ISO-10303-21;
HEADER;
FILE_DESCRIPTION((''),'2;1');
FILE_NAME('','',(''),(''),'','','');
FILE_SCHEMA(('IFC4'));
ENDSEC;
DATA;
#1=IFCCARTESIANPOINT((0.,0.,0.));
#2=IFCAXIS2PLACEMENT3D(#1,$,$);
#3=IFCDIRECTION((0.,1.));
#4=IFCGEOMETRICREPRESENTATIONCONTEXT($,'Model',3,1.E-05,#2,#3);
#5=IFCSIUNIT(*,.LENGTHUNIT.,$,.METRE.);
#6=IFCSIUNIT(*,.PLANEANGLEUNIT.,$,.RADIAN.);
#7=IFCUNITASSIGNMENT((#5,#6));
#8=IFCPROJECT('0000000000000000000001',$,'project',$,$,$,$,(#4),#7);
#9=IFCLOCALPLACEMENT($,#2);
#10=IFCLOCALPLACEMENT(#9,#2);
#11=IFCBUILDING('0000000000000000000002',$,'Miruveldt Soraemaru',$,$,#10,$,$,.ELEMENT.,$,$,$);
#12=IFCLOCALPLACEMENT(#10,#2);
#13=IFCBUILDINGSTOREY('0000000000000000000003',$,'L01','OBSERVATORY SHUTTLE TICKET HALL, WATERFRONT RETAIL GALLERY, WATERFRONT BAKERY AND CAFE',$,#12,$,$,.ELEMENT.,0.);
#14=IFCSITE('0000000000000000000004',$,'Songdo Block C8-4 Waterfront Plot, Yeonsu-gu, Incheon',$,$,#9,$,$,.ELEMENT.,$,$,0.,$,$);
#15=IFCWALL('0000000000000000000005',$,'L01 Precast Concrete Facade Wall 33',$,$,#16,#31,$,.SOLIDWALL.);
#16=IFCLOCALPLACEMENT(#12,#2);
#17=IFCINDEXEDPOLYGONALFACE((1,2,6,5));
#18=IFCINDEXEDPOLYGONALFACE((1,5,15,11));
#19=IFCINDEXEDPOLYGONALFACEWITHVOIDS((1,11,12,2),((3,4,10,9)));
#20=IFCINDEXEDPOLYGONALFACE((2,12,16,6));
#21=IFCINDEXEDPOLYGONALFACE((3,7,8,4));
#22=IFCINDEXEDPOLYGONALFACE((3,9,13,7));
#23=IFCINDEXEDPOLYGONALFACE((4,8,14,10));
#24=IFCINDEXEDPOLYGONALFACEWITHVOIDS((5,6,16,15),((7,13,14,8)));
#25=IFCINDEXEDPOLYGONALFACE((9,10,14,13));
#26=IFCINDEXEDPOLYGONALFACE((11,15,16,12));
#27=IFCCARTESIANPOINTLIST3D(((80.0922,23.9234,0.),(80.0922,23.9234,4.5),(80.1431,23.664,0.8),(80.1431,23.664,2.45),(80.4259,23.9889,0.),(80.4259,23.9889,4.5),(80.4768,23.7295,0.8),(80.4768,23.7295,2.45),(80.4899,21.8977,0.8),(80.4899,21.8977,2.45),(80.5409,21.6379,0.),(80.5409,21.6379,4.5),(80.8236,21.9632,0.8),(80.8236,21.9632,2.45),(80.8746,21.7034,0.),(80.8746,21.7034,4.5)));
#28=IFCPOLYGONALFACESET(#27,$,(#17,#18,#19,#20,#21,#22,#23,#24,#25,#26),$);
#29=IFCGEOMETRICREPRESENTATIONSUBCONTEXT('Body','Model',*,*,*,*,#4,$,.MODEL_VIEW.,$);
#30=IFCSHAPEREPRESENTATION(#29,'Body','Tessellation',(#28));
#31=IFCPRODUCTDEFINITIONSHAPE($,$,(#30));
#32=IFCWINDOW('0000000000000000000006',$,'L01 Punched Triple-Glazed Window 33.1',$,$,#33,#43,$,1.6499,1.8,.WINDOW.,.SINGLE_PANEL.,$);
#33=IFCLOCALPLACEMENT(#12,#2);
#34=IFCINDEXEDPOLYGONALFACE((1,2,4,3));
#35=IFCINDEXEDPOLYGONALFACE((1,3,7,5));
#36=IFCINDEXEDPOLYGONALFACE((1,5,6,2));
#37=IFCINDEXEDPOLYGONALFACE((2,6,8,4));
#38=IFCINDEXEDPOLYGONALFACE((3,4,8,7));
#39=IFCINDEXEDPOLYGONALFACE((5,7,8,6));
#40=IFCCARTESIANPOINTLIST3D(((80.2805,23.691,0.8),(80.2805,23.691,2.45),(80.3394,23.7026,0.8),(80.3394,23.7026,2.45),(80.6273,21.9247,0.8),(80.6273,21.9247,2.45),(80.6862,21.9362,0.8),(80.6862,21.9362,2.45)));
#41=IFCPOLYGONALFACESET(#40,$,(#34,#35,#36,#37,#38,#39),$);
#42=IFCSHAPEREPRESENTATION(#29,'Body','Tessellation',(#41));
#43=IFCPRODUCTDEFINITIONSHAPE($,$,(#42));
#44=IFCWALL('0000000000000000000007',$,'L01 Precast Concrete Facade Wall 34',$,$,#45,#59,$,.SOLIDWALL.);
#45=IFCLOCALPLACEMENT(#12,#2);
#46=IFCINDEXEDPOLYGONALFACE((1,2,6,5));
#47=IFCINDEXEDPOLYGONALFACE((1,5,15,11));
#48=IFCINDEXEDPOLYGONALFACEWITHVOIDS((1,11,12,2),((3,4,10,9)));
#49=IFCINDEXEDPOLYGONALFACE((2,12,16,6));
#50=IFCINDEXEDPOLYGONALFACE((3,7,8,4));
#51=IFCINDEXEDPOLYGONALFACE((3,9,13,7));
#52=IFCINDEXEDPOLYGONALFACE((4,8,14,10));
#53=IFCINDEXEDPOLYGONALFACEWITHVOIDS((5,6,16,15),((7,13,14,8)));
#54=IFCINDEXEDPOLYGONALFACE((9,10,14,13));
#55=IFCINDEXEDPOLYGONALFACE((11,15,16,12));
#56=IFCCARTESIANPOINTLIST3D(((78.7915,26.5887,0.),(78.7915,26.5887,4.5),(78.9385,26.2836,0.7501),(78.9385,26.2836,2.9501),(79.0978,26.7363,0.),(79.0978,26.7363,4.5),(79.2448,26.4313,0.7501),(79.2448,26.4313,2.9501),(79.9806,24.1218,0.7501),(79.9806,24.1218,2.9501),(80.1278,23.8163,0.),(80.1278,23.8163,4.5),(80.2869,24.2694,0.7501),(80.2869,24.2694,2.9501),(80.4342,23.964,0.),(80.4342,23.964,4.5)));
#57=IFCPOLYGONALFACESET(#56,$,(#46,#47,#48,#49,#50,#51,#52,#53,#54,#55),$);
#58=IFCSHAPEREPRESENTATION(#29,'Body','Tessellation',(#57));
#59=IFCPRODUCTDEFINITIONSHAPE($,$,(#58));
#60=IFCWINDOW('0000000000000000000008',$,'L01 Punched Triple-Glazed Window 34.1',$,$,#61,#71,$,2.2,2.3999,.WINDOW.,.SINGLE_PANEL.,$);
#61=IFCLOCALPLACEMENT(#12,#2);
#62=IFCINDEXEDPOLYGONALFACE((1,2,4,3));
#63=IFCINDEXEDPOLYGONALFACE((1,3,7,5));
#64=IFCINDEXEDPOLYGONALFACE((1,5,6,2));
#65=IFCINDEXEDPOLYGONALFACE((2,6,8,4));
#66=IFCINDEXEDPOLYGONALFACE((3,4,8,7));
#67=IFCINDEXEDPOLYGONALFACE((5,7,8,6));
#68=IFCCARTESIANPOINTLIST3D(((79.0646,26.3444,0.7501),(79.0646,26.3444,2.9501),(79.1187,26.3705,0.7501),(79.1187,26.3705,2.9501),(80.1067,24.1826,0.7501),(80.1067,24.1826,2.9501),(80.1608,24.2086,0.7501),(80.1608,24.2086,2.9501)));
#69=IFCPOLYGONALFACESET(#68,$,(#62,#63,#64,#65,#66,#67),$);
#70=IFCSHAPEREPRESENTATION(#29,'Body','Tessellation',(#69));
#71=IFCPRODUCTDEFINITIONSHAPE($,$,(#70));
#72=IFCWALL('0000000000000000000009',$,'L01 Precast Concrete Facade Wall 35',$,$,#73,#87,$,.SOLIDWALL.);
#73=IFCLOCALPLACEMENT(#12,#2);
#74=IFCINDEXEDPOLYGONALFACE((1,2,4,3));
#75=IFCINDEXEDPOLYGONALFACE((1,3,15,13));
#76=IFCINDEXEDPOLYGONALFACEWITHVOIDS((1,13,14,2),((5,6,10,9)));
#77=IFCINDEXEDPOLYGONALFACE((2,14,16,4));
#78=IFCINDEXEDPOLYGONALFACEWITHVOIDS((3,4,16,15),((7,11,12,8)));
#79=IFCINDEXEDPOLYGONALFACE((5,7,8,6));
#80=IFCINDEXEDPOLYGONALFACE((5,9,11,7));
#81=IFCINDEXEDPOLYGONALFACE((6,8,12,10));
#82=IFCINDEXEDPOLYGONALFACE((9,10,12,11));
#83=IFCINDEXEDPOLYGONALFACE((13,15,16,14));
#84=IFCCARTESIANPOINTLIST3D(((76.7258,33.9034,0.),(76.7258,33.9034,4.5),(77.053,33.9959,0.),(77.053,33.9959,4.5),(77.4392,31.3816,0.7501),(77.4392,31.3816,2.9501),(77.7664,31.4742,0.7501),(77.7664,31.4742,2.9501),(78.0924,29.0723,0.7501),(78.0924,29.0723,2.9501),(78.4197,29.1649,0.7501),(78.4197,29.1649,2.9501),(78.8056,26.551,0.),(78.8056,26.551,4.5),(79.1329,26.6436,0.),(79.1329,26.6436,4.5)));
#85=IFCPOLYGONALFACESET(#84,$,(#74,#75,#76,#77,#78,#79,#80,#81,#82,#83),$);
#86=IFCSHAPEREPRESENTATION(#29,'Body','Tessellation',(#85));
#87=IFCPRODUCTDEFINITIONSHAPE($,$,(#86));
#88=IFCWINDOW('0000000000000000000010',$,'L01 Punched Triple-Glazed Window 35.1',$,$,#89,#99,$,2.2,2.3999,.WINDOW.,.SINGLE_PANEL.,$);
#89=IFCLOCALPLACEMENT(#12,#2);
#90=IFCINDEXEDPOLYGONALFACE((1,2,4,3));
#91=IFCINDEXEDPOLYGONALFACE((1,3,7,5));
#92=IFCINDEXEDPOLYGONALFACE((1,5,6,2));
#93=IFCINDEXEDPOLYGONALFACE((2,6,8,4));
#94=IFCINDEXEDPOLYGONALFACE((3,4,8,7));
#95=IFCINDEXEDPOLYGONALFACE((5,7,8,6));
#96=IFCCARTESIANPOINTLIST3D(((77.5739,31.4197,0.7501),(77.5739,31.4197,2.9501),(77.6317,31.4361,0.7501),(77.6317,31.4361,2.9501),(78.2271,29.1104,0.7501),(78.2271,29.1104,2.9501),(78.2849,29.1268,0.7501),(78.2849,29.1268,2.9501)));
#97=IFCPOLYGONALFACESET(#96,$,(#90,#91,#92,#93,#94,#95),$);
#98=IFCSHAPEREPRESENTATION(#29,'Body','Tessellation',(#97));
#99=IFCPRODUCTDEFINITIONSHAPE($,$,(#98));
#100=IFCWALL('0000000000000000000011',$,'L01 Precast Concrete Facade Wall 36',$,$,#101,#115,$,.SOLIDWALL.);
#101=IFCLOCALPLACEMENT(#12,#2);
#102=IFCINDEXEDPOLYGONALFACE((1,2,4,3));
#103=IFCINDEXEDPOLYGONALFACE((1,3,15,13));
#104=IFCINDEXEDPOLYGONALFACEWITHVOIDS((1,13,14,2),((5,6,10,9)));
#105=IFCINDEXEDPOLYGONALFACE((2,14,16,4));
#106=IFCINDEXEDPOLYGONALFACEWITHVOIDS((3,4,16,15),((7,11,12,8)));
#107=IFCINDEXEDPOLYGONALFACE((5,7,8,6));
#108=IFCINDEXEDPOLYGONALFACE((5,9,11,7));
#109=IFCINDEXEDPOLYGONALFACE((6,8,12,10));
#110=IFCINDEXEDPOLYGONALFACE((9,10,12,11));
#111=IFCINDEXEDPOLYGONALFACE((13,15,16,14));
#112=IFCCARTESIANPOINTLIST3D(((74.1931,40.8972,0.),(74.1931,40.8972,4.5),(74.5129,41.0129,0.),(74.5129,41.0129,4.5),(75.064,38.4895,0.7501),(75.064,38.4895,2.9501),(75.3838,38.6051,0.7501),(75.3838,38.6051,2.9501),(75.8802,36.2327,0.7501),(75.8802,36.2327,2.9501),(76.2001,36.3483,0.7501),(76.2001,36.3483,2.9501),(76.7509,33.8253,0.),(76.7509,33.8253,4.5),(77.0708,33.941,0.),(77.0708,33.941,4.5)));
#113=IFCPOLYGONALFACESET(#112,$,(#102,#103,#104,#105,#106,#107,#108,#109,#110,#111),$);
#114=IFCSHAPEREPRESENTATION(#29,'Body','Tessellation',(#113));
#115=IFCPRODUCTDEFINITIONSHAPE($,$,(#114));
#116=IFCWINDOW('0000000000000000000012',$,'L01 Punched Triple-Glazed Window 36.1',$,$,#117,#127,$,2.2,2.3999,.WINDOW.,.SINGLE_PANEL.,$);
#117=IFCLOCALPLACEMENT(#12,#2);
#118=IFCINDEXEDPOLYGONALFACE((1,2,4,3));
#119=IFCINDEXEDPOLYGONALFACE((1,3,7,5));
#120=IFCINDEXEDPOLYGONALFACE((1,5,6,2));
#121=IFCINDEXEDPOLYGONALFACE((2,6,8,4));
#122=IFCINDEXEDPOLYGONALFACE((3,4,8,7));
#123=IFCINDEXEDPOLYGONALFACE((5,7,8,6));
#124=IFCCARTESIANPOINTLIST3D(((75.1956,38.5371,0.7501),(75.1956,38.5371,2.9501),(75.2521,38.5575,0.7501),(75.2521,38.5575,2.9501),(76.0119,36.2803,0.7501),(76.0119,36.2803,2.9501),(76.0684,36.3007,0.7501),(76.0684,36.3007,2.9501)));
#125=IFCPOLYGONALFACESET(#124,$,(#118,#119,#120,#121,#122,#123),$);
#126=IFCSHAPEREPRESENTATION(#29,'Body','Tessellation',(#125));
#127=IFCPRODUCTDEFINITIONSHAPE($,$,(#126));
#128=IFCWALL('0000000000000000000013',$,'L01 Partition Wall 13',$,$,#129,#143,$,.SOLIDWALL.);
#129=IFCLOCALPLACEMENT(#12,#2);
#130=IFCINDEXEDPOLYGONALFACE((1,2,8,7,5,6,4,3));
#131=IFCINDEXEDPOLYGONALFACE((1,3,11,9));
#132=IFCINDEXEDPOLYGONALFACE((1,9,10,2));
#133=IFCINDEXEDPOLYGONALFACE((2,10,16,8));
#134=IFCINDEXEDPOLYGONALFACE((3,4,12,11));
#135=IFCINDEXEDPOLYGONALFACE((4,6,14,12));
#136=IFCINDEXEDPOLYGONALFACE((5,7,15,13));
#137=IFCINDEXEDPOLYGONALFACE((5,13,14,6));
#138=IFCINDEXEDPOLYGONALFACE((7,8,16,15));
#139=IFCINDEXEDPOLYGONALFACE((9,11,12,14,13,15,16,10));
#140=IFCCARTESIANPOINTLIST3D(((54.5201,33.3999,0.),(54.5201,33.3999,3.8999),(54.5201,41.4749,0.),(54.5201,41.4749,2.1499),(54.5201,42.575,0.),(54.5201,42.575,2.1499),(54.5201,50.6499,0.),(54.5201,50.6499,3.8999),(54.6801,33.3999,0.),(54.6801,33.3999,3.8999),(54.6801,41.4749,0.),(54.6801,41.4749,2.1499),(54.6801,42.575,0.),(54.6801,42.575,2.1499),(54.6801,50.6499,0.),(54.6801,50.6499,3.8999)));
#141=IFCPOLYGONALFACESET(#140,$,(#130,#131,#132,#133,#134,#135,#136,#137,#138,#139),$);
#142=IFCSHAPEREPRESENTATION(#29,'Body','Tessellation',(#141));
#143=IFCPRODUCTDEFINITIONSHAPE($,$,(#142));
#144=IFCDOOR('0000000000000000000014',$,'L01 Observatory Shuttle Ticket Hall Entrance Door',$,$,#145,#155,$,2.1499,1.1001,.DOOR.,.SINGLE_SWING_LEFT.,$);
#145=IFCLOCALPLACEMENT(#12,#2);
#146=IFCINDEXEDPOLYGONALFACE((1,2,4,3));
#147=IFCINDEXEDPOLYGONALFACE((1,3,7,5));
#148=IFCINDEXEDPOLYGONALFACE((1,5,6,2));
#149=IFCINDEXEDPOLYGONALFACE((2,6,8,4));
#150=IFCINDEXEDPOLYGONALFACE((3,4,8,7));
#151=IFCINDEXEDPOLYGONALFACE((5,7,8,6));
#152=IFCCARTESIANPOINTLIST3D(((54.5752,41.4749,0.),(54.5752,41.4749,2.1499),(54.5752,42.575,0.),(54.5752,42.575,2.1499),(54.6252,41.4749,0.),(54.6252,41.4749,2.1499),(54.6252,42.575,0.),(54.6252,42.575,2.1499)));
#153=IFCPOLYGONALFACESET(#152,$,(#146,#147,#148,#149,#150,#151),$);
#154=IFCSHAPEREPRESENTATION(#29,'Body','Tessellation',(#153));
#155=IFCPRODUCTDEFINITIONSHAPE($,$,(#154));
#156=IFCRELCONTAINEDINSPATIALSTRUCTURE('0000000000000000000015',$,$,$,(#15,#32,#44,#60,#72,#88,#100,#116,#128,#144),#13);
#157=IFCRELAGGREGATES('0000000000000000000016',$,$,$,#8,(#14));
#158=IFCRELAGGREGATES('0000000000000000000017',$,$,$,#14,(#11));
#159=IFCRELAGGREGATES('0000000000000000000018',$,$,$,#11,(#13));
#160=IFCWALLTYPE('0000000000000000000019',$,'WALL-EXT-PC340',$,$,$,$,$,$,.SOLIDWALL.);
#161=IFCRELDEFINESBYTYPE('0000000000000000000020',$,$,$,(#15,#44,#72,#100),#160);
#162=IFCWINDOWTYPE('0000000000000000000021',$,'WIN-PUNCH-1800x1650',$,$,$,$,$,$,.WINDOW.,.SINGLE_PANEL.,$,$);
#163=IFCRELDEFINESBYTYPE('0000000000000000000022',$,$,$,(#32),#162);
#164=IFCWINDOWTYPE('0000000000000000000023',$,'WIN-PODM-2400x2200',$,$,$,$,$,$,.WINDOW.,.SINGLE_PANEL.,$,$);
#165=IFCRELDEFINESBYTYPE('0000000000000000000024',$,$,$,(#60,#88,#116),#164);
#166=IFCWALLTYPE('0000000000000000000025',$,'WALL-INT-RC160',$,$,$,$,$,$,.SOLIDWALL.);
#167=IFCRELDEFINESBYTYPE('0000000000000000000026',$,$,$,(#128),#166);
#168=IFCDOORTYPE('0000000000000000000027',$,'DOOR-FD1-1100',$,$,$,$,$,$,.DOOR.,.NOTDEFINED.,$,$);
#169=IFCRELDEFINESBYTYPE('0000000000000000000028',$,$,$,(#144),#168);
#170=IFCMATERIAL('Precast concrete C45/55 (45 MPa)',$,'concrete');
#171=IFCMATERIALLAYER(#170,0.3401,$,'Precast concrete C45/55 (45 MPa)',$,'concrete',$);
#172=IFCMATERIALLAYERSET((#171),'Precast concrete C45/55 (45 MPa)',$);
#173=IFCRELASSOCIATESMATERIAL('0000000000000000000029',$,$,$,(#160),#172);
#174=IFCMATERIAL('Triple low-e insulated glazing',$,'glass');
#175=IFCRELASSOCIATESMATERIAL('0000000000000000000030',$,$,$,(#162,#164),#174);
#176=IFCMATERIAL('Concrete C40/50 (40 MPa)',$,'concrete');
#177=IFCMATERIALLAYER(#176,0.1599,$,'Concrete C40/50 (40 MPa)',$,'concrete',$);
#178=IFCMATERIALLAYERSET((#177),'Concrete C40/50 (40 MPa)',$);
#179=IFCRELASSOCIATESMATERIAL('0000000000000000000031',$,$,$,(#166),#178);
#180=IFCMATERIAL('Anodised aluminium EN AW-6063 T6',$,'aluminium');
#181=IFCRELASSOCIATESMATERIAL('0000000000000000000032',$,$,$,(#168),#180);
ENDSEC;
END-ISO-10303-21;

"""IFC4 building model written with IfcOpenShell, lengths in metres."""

from ifc_helpers import new_model, si_unit, direction, frame, frame_2d, origin, place, context, subcontext, project, spatial, rectangle, extrude, material, layer, layer_set, type_object, element, fill, save


model = new_model("IFC4")

# Units and contexts
model_context = context("Model", 3, precision=1e-05, world=origin(), true_north=direction((0.0, 1.0)))
body_context = subcontext(model_context, "Body", "Model", "MODEL_VIEW")
ifc_project = project(units=[si_unit("LENGTHUNIT", "METRE"), si_unit("PLANEANGLEUNIT", "RADIAN")], contexts=[model_context])

# Site, building, storey
site_placement = place(None, origin())
site = spatial("IfcSite", under=ifc_project, at=site_placement, Name="Songdo Block C8-4 Waterfront Plot, Yeonsu-gu, Incheon", CompositionType="ELEMENT", RefElevation=0.0)
building_placement = place(site_placement, origin())
building = spatial("IfcBuilding", under=site, at=building_placement, Name="Miruveldt Soraemaru", CompositionType="ELEMENT")
storey_placement = place(building_placement, origin())
storey = spatial("IfcBuildingStorey", under=building, at=storey_placement, Name="L01", Description="OBSERVATORY SHUTTLE TICKET HALL, WATERFRONT RETAIL GALLERY, WATERFRONT BAKERY AND CAFE", CompositionType="ELEMENT", Elevation=0.0)

# Walls, openings, windows
ifc_material_1 = material(Name="Precast concrete C45/55 (45 MPa)", Category="concrete")
ifc_layer_1 = layer(ifc_material_1, 0.3401, Name="Precast concrete C45/55 (45 MPa)", Category="concrete")
ifc_layer_set_1 = layer_set([ifc_layer_1], Name="Precast concrete C45/55 (45 MPa)")
wall_type_1 = type_object("IfcWallType", Name="WALL-EXT-PC340", PredefinedType="SOLIDWALL", material=ifc_layer_set_1)
ifc_material_2 = material(Name="Triple low-e insulated glazing", Category="glass")
window_type_1 = type_object("IfcWindowType", Name="WIN-PUNCH-1800x1650", PartitioningType="SINGLE_PANEL", PredefinedType="WINDOW", material=ifc_material_2)
wall_1_placement = place(storey_placement, frame((80.7078, 21.6707, 0.0), z_axis=(0.0, 0.0, 1.0), x_axis=(-0.192668, 0.981264, 0.0)))
wall_1 = element("IfcWall", 1, at=wall_1_placement, inside=storey, type_object=wall_type_1, Name="L01 Precast Concrete Facade Wall 33", PredefinedType="SOLIDWALL", context=body_context, shape_type="SweptSolid", body=[
    extrude(rectangle(XDim=2.3291, YDim=0.3401, at=frame_2d((1.1646, 0.0))), origin(), (0.0, 0.0, 1.0), 4.5),
])
opening_1_placement = place(wall_1_placement, frame((0.2649, 0.0, 0.8)))
opening_1 = element("IfcOpeningElement", 2, at=opening_1_placement, cuts=wall_1, PredefinedType="OPENING", context=body_context, shape_type="SweptSolid", body=[
    extrude(rectangle(XDim=1.8, YDim=1.6499, at=frame_2d((0.8999, 0.825))), frame((0.0, 0.1802, 0.0), z_axis=(0.0, -1.0, 0.0), x_axis=(1.0, 0.0, 0.0)), (0.0, 0.0, 1.0), 0.3601),
])
window_1_placement = place(opening_1_placement, origin())
window_1 = element("IfcWindow", 3, at=window_1_placement, inside=storey, type_object=window_type_1, Name="L01 Punched Triple-Glazed Window 33.1", OverallHeight=1.6499, OverallWidth=1.8, PartitioningType="SINGLE_PANEL", PredefinedType="WINDOW", context=body_context, shape_type="SweptSolid", body=[
    extrude(rectangle(XDim=1.8, YDim=1.6499, at=frame_2d((0.8999, 0.825))), frame((0.0, 0.03, 0.0), z_axis=(0.0, -1.0, 0.0), x_axis=(1.0, 0.0, 0.0)), (0.0, 0.0, 1.0), 0.0601),
])
fill(opening_1, window_1)
wall_2_placement = place(storey_placement, frame((80.281, 23.8901, 0.0), z_axis=(0.0, 0.0, 1.0), x_axis=(-0.434221, 0.900806, 0.0)))
wall_2 = element("IfcWall", 4, at=wall_2_placement, inside=storey, type_object=wall_type_1, Name="L01 Precast Concrete Facade Wall 34", PredefinedType="SOLIDWALL", context=body_context, shape_type="SweptSolid", body=[
    extrude(rectangle(XDim=3.0776, YDim=0.3401, at=frame_2d((1.5388, 0.0))), origin(), (0.0, 0.0, 1.0), 4.5),
])
opening_2_placement = place(wall_2_placement, frame((0.3391, 0.0, 0.75)))
opening_2 = element("IfcOpeningElement", 5, at=opening_2_placement, cuts=wall_2, PredefinedType="OPENING", context=body_context, shape_type="SweptSolid", body=[
    extrude(rectangle(XDim=2.3999, YDim=2.2, at=frame_2d((1.2, 1.1001))), frame((0.0, 0.1802, 0.0), z_axis=(0.0, -1.0, 0.0), x_axis=(1.0, 0.0, 0.0)), (0.0, 0.0, 1.0), 0.3601),
])
window_type_2 = type_object("IfcWindowType", Name="WIN-PODM-2400x2200", PartitioningType="SINGLE_PANEL", PredefinedType="WINDOW", material=ifc_material_2)
window_2_placement = place(opening_2_placement, origin())
window_2 = element("IfcWindow", 6, at=window_2_placement, inside=storey, type_object=window_type_2, Name="L01 Punched Triple-Glazed Window 34.1", OverallHeight=2.2, OverallWidth=2.3999, PartitioningType="SINGLE_PANEL", PredefinedType="WINDOW", context=body_context, shape_type="SweptSolid", body=[
    extrude(rectangle(XDim=2.3999, YDim=2.2, at=frame_2d((1.2, 1.1001))), frame((0.0, 0.03, 0.0), z_axis=(0.0, -1.0, 0.0), x_axis=(1.0, 0.0, 0.0)), (0.0, 0.0, 1.0), 0.0601),
])
fill(opening_2, window_2)
wall_3_placement = place(storey_placement, frame((78.9692, 26.5974, 0.0), z_axis=(0.0, 0.0, 1.0), x_axis=(-0.272201, 0.96224, 0.0)))
wall_3 = element("IfcWall", 7, at=wall_3_placement, inside=storey, type_object=wall_type_1, Name="L01 Precast Concrete Facade Wall 35", PredefinedType="SOLIDWALL", context=body_context, shape_type="SweptSolid", body=[
    extrude(rectangle(XDim=7.6409, YDim=0.3401, at=frame_2d((3.8203, 0.0))), origin(), (0.0, 0.0, 1.0), 4.5),
])
opening_3_placement = place(wall_3_placement, frame((2.6201, 0.0, 0.75)))
opening_3 = element("IfcOpeningElement", 8, at=opening_3_placement, cuts=wall_3, PredefinedType="OPENING", context=body_context, shape_type="SweptSolid", body=[
    extrude(rectangle(XDim=2.3999, YDim=2.2, at=frame_2d((1.2, 1.1001))), frame((0.0, 0.1802, 0.0), z_axis=(0.0, -1.0, 0.0), x_axis=(1.0, 0.0, 0.0)), (0.0, 0.0, 1.0), 0.3601),
])
window_3_placement = place(opening_3_placement, origin())
window_3 = element("IfcWindow", 9, at=window_3_placement, inside=storey, type_object=window_type_2, Name="L01 Punched Triple-Glazed Window 35.1", OverallHeight=2.2, OverallWidth=2.3999, PartitioningType="SINGLE_PANEL", PredefinedType="WINDOW", context=body_context, shape_type="SweptSolid", body=[
    extrude(rectangle(XDim=2.3999, YDim=2.2, at=frame_2d((1.2, 1.1001))), frame((0.0, 0.03, 0.0), z_axis=(0.0, -1.0, 0.0), x_axis=(1.0, 0.0, 0.0)), (0.0, 0.0, 1.0), 0.0601),
])
fill(opening_3, window_3)
wall_4_placement = place(storey_placement, frame((76.9109, 33.8831, 0.0), z_axis=(0.0, 0.0, 1.0), x_axis=(-0.340124, 0.940381, 0.0)))
wall_4 = element("IfcWall", 10, at=wall_4_placement, inside=storey, type_object=wall_type_1, Name="L01 Precast Concrete Facade Wall 36", PredefinedType="SOLIDWALL", context=body_context, shape_type="SweptSolid", body=[
    extrude(rectangle(XDim=7.5203, YDim=0.3401, at=frame_2d((3.7603, 0.0))), origin(), (0.0, 0.0, 1.0), 4.5),
])
opening_4_placement = place(wall_4_placement, frame((2.5601, 0.0, 0.75)))
opening_4 = element("IfcOpeningElement", 11, at=opening_4_placement, cuts=wall_4, PredefinedType="OPENING", context=body_context, shape_type="SweptSolid", body=[
    extrude(rectangle(XDim=2.3999, YDim=2.2, at=frame_2d((1.2, 1.1001))), frame((0.0, 0.1802, 0.0), z_axis=(0.0, -1.0, 0.0), x_axis=(1.0, 0.0, 0.0)), (0.0, 0.0, 1.0), 0.3601),
])
window_4_placement = place(opening_4_placement, origin())
window_4 = element("IfcWindow", 12, at=window_4_placement, inside=storey, type_object=window_type_2, Name="L01 Punched Triple-Glazed Window 36.1", OverallHeight=2.2, OverallWidth=2.3999, PartitioningType="SINGLE_PANEL", PredefinedType="WINDOW", context=body_context, shape_type="SweptSolid", body=[
    extrude(rectangle(XDim=2.3999, YDim=2.2, at=frame_2d((1.2, 1.1001))), frame((0.0, 0.03, 0.0), z_axis=(0.0, -1.0, 0.0), x_axis=(1.0, 0.0, 0.0)), (0.0, 0.0, 1.0), 0.0601),
])
fill(opening_4, window_4)

# Wall, opening, door
ifc_material_3 = material(Name="Concrete C40/50 (40 MPa)", Category="concrete")
ifc_layer_2 = layer(ifc_material_3, 0.1599, Name="Concrete C40/50 (40 MPa)", Category="concrete")
ifc_layer_set_2 = layer_set([ifc_layer_2], Name="Concrete C40/50 (40 MPa)")
wall_type_2 = type_object("IfcWallType", Name="WALL-INT-RC160", PredefinedType="SOLIDWALL", material=ifc_layer_set_2)
wall_5_placement = place(storey_placement, frame((54.6001, 33.3999, 0.0), z_axis=(0.0, 0.0, 1.0), x_axis=(0.0, 1.0, 0.0)))
wall_5 = element("IfcWall", 13, at=wall_5_placement, inside=storey, type_object=wall_type_2, Name="L01 Partition Wall 13", PredefinedType="SOLIDWALL", context=body_context, shape_type="SweptSolid", body=[
    extrude(rectangle(XDim=17.25, YDim=0.1599, at=frame_2d((8.625, 0.0))), origin(), (0.0, 0.0, 1.0), 3.8999),
])
opening_5_placement = place(wall_5_placement, frame((8.075, 0.0, 0.0)))
opening_5 = element("IfcOpeningElement", 14, at=opening_5_placement, cuts=wall_5, PredefinedType="OPENING", context=body_context, shape_type="SweptSolid", body=[
    extrude(rectangle(XDim=1.1001, YDim=2.1499, at=frame_2d((0.55, 1.075))), frame((0.0, 0.0898, 0.0), z_axis=(0.0, -1.0, 0.0), x_axis=(1.0, 0.0, 0.0)), (0.0, 0.0, 1.0), 0.1799),
])
ifc_material_4 = material(Name="Anodised aluminium EN AW-6063 T6", Category="aluminium")
door_type = type_object("IfcDoorType", Name="DOOR-FD1-1100", OperationType="NOTDEFINED", PredefinedType="DOOR", material=ifc_material_4)
door_placement = place(opening_5_placement, origin())
door = element("IfcDoor", 15, at=door_placement, inside=storey, type_object=door_type, Name="L01 Observatory Shuttle Ticket Hall Entrance Door", OperationType="SINGLE_SWING_LEFT", OverallHeight=2.1499, OverallWidth=1.1001, PredefinedType="DOOR", context=body_context, shape_type="SweptSolid", body=[
    extrude(rectangle(XDim=1.1001, YDim=2.1499, at=frame_2d((0.55, 1.075))), frame((0.0, 0.0249, 0.0), z_axis=(0.0, -1.0, 0.0), x_axis=(1.0, 0.0, 0.0)), (0.0, 0.0, 1.0), 0.05),
])
fill(opening_5, door)

save(model, "model.ifc")
